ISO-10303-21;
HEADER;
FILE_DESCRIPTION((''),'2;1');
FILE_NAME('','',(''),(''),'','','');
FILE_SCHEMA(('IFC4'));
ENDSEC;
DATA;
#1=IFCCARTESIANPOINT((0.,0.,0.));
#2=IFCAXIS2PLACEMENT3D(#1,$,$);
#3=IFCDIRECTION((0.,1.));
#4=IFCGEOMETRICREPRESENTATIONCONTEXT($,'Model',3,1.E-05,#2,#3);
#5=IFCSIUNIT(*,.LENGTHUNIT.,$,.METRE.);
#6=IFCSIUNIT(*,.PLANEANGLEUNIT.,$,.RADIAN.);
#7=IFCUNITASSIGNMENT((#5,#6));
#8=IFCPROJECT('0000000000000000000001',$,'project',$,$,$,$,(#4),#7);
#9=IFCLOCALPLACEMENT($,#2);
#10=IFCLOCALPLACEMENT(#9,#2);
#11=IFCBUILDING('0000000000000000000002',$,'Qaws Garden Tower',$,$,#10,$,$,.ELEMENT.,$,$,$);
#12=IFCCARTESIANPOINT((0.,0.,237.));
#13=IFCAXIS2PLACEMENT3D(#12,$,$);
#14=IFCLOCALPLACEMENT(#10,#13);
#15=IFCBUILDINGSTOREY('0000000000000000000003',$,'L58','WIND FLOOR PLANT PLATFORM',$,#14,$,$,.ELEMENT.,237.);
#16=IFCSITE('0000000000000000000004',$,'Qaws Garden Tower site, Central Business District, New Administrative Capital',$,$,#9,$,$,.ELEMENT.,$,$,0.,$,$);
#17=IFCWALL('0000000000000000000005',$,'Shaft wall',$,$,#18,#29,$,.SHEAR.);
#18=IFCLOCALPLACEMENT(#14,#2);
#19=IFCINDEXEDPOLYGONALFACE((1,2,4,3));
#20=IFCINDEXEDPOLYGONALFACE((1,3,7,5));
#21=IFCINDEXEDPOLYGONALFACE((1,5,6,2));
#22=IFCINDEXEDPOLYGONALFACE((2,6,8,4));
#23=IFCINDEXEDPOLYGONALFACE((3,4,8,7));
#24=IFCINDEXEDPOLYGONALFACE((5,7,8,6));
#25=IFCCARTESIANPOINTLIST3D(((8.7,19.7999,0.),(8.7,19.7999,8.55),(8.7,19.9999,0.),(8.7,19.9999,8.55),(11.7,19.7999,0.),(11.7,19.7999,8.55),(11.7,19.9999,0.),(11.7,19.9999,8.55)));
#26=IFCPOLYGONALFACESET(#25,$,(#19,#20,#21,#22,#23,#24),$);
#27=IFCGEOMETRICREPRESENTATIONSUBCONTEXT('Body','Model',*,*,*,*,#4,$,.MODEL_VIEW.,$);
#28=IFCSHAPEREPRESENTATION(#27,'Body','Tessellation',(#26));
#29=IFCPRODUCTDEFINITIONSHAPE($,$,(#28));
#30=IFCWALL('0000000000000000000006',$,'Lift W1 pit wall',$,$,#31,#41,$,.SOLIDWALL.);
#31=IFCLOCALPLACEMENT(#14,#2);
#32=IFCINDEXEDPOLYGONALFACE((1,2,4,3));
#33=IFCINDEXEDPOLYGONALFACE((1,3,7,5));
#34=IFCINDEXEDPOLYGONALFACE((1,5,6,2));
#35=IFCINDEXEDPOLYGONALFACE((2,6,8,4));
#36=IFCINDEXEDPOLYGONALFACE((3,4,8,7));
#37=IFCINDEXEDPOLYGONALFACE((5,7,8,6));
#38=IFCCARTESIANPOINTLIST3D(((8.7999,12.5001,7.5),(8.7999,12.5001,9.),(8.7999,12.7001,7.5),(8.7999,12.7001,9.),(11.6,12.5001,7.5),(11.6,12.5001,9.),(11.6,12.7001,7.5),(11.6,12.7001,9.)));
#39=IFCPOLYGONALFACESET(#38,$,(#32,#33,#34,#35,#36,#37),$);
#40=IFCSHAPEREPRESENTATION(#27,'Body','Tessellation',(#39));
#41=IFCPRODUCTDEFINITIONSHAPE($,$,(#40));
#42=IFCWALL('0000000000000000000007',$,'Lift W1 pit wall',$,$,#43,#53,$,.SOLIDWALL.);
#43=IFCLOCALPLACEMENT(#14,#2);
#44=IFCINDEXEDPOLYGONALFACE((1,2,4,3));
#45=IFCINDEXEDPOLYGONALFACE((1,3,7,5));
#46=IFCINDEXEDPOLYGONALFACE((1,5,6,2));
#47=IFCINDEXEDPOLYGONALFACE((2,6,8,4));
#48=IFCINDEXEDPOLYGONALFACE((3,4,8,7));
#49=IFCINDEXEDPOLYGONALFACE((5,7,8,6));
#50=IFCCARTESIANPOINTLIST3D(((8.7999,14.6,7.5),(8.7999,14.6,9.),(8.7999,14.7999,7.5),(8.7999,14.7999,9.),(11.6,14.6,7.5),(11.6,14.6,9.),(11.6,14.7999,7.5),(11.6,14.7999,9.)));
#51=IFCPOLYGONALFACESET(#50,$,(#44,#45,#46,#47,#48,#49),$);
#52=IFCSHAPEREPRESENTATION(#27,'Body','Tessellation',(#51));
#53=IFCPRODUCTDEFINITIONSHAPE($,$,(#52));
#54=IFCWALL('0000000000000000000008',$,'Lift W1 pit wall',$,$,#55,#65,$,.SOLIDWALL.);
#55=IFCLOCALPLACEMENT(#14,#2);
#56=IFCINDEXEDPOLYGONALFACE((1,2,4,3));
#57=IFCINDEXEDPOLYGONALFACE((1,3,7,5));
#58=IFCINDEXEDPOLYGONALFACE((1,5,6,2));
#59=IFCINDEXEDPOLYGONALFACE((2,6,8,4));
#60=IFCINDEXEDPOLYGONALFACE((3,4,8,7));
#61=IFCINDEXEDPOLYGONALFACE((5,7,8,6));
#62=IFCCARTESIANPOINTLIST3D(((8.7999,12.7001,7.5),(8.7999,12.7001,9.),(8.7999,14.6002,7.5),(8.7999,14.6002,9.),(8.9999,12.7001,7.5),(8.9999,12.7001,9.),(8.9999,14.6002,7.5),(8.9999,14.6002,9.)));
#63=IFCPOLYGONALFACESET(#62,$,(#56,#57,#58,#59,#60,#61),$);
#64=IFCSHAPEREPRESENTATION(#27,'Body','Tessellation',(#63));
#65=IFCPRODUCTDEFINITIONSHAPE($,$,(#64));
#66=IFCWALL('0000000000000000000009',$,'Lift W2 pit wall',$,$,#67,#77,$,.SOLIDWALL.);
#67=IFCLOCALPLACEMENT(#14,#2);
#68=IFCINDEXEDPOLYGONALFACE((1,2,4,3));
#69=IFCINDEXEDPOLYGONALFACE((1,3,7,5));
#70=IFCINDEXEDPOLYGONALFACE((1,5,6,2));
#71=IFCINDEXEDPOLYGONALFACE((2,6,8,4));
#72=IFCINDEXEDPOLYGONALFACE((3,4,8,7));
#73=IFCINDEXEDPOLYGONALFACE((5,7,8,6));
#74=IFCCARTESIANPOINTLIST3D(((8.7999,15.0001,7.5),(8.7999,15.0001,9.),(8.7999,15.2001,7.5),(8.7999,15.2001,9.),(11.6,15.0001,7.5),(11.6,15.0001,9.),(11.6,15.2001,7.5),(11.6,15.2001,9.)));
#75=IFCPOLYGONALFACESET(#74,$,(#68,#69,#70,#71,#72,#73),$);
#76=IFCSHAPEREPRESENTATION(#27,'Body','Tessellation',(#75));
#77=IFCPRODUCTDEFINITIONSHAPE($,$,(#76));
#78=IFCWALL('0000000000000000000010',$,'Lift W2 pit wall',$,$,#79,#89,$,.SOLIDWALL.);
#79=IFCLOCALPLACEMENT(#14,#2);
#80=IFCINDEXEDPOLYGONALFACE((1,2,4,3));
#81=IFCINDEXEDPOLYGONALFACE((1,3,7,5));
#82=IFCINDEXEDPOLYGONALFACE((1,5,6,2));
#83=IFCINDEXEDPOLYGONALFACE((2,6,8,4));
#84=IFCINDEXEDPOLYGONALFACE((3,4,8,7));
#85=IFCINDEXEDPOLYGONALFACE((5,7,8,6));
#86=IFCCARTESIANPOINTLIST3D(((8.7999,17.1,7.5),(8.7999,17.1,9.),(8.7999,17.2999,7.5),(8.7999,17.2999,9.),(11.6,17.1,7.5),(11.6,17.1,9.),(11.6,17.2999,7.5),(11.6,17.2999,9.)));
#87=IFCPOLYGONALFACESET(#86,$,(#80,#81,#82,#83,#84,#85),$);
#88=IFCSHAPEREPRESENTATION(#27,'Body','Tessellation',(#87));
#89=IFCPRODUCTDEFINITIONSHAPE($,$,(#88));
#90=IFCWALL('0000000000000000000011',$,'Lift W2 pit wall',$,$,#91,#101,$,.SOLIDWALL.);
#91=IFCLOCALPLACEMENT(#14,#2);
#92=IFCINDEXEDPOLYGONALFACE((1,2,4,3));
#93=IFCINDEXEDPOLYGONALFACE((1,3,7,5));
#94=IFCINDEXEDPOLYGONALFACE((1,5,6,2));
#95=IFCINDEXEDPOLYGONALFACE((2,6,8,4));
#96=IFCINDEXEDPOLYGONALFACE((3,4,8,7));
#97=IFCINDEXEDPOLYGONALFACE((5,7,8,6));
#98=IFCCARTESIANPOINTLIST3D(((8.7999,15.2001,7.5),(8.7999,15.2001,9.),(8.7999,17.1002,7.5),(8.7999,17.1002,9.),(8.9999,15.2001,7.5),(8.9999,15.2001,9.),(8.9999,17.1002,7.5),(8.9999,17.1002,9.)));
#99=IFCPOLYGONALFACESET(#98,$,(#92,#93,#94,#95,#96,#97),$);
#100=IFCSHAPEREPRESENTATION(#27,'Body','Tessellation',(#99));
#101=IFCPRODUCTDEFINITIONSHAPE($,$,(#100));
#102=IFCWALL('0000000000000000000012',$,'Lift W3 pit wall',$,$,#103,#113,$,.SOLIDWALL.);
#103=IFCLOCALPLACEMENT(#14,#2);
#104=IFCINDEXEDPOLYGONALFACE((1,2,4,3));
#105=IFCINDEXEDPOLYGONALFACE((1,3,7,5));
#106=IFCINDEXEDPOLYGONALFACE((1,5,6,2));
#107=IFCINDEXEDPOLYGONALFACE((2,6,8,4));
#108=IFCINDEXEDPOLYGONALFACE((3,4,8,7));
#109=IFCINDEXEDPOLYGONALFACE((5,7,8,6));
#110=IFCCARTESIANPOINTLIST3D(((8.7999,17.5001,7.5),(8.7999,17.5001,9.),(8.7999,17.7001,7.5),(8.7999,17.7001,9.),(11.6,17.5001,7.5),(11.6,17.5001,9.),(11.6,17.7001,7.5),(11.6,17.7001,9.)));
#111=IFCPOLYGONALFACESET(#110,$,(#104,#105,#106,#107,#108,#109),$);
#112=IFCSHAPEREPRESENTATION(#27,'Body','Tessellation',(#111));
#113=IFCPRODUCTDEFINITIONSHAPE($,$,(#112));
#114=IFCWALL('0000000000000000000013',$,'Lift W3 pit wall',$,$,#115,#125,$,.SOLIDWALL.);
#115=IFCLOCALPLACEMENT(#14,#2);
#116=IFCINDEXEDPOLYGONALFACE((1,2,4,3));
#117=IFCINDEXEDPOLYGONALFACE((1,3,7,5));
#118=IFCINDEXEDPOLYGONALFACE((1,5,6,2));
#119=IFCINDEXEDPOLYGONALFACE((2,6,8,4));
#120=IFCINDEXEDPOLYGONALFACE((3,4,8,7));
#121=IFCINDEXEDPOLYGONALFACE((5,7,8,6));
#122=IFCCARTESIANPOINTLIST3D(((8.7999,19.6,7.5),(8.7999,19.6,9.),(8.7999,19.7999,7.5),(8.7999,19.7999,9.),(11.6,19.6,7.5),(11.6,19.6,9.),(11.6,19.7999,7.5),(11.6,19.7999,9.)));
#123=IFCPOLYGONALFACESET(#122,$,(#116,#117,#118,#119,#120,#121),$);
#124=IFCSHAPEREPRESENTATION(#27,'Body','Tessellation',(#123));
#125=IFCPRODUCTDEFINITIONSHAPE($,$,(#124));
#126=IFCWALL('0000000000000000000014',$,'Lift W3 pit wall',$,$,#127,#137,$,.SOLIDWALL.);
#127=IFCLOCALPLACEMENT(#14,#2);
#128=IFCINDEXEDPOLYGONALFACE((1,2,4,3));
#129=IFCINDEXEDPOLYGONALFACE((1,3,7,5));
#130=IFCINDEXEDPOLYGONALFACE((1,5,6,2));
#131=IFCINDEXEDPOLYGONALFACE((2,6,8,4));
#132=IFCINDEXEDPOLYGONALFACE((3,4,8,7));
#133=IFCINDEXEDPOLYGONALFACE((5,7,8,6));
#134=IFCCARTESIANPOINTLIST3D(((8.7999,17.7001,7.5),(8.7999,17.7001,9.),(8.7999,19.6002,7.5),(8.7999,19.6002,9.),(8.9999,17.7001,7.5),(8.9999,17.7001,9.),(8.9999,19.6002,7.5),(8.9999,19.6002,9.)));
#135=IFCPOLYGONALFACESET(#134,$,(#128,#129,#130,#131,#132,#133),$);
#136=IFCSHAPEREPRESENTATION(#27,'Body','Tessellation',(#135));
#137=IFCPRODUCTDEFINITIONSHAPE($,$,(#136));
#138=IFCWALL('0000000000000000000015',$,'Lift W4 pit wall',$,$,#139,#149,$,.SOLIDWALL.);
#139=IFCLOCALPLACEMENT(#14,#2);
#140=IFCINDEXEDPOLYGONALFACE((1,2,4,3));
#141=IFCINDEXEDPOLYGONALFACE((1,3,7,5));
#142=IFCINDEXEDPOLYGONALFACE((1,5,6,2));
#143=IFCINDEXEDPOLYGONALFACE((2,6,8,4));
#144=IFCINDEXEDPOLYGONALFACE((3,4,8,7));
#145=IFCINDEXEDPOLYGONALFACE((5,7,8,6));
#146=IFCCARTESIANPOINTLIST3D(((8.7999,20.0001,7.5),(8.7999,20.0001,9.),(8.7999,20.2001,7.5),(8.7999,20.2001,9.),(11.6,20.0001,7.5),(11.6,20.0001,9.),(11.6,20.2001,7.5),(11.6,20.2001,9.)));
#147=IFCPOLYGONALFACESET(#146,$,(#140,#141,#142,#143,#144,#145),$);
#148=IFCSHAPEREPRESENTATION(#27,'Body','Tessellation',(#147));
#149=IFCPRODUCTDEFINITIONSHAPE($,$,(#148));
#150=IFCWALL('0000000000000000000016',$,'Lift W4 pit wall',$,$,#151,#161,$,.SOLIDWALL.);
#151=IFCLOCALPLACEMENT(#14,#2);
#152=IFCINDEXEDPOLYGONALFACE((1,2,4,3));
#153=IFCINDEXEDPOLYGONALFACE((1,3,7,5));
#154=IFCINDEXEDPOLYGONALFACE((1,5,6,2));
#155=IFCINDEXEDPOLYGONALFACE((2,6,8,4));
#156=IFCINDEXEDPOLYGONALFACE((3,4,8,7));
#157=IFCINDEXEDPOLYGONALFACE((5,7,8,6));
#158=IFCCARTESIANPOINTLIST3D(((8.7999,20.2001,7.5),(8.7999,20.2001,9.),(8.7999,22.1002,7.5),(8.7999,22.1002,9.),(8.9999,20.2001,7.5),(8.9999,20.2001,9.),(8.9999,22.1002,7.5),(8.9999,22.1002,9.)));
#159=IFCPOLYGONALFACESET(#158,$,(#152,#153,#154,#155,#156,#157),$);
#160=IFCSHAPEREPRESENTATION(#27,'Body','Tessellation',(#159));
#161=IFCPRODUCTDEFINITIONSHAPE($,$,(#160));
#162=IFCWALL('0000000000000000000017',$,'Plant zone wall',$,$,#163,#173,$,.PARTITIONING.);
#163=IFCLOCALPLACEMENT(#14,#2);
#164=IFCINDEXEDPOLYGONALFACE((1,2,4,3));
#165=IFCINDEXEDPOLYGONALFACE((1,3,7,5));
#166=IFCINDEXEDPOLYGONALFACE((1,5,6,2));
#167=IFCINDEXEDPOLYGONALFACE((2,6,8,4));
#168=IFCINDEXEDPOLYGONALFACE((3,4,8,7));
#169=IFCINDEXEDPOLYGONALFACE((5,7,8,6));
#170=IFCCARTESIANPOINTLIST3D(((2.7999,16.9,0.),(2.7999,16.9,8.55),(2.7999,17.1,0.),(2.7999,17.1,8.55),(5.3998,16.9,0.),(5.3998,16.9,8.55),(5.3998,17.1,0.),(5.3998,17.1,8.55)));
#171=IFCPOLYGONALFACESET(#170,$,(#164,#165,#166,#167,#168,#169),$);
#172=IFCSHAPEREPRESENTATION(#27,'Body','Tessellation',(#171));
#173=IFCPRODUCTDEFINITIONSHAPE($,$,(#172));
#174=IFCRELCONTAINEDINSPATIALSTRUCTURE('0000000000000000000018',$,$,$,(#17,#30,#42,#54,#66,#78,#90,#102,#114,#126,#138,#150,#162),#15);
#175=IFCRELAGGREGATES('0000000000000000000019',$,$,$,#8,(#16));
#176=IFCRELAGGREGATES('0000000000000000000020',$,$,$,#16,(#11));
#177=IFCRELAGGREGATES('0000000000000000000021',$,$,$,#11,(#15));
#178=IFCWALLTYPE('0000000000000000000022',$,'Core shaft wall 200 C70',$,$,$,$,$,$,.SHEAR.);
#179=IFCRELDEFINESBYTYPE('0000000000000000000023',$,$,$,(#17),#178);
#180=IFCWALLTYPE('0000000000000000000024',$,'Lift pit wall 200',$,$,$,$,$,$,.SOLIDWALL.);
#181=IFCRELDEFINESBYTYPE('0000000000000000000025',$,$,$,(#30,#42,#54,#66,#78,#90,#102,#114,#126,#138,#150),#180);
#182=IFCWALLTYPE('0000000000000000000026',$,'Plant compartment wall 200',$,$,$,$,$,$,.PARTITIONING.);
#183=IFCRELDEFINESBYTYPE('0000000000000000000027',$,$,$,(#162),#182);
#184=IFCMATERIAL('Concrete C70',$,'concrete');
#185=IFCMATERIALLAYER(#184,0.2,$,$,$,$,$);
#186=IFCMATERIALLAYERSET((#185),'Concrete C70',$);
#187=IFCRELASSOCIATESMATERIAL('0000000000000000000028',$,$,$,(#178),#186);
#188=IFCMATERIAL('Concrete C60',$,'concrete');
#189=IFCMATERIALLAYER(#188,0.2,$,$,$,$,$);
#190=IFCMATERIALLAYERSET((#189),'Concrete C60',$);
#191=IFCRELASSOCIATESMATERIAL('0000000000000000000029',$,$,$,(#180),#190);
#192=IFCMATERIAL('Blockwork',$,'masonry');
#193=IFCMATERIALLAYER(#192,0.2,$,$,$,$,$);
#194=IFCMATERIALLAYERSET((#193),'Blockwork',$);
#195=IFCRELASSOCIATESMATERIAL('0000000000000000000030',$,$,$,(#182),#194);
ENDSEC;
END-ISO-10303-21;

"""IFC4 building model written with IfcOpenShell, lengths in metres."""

from ifc_helpers import new_model, si_unit, direction, frame, frame_2d, origin, place, context, subcontext, project, spatial, rectangle, extrude, material, layer, layer_set, type_object, element, save


model = new_model("IFC4")

# Units and contexts
model_context = context("Model", 3, precision=1e-05, world=origin(), true_north=direction((0.0, 1.0)))
body_context = subcontext(model_context, "Body", "Model", "MODEL_VIEW")
ifc_project = project(units=[si_unit("LENGTHUNIT", "METRE"), si_unit("PLANEANGLEUNIT", "RADIAN")], contexts=[model_context])

# Site, building, storey
site_placement = place(None, origin())
site = spatial("IfcSite", under=ifc_project, at=site_placement, Name="Qaws Garden Tower site, Central Business District, New Administrative Capital", CompositionType="ELEMENT", RefElevation=0.0)
building_placement = place(site_placement, origin())
building = spatial("IfcBuilding", under=site, at=building_placement, Name="Qaws Garden Tower", CompositionType="ELEMENT")
storey_placement = place(building_placement, frame((0.0, 0.0, 237.0)))
storey = spatial("IfcBuildingStorey", under=building, at=storey_placement, Name="L58", Description="WIND FLOOR PLANT PLATFORM", CompositionType="ELEMENT", Elevation=237.0)

# Walls
ifc_material_1 = material(Name="Concrete C70", Category="concrete")
ifc_layer_1 = layer(ifc_material_1, 0.2)
ifc_layer_set_1 = layer_set([ifc_layer_1], Name="Concrete C70")
wall_type_1 = type_object("IfcWallType", Name="Core shaft wall 200 C70", PredefinedType="SHEAR", material=ifc_layer_set_1)
for number, where, z_axis, x_axis, name in (
    (1, (8.7, 19.8999, 0.0), (0.0, 0.0, 1.0), (1.0, 0.0, 0.0), "Shaft wall"),
):
    element("IfcWall", number, at=place(storey_placement, frame(where, z_axis=z_axis, x_axis=x_axis)), inside=storey, type_object=wall_type_1, Name=name, PredefinedType="SHEAR", context=body_context, shape_type="SweptSolid", body=[
        extrude(rectangle(XDim=3.0, YDim=0.2, at=frame_2d((1.5, 0.0))), origin(), (0.0, 0.0, 1.0), 8.55),
    ])
ifc_material_2 = material(Name="Concrete C60", Category="concrete")
ifc_layer_2 = layer(ifc_material_2, 0.2)
ifc_layer_set_2 = layer_set([ifc_layer_2], Name="Concrete C60")
wall_type_2 = type_object("IfcWallType", Name="Lift pit wall 200", PredefinedType="SOLIDWALL", material=ifc_layer_set_2)
for number, where, z_axis, x_axis, name in (
    (2, (8.8, 12.6001, 7.5), (0.0, 0.0, 1.0), (1.0, 0.0, 0.0), "Lift W1 pit wall"),
    (3, (8.8, 14.7, 7.5), (0.0, 0.0, 1.0), (1.0, 0.0, 0.0), "Lift W1 pit wall"),
):
    element("IfcWall", number, at=place(storey_placement, frame(where, z_axis=z_axis, x_axis=x_axis)), inside=storey, type_object=wall_type_2, Name=name, PredefinedType="SOLIDWALL", context=body_context, shape_type="SweptSolid", body=[
        extrude(rectangle(XDim=2.8, YDim=0.2, at=frame_2d((1.3999, 0.0))), origin(), (0.0, 0.0, 1.0), 1.5),
    ])
wall_1_placement = place(storey_placement, frame((8.8999, 12.7, 7.5), z_axis=(0.0, 0.0, 1.0), x_axis=(0.0, 1.0, 0.0)))
element("IfcWall", 4, at=wall_1_placement, inside=storey, type_object=wall_type_2, Name="Lift W1 pit wall", PredefinedType="SOLIDWALL", context=body_context, shape_type="SweptSolid", body=[
    extrude(rectangle(XDim=1.9001, YDim=0.2, at=frame_2d((0.9502, 0.0))), origin(), (0.0, 0.0, 1.0), 1.5),
])
for number, where, z_axis, x_axis, name in (
    (5, (8.8, 15.1001, 7.5), (0.0, 0.0, 1.0), (1.0, 0.0, 0.0), "Lift W2 pit wall"),
    (6, (8.8, 17.2, 7.5), (0.0, 0.0, 1.0), (1.0, 0.0, 0.0), "Lift W2 pit wall"),
):
    element("IfcWall", number, at=place(storey_placement, frame(where, z_axis=z_axis, x_axis=x_axis)), inside=storey, type_object=wall_type_2, Name=name, PredefinedType="SOLIDWALL", context=body_context, shape_type="SweptSolid", body=[
        extrude(rectangle(XDim=2.8, YDim=0.2, at=frame_2d((1.3999, 0.0))), origin(), (0.0, 0.0, 1.0), 1.5),
    ])
wall_2_placement = place(storey_placement, frame((8.8999, 15.2, 7.5), z_axis=(0.0, 0.0, 1.0), x_axis=(0.0, 1.0, 0.0)))
element("IfcWall", 7, at=wall_2_placement, inside=storey, type_object=wall_type_2, Name="Lift W2 pit wall", PredefinedType="SOLIDWALL", context=body_context, shape_type="SweptSolid", body=[
    extrude(rectangle(XDim=1.9001, YDim=0.2, at=frame_2d((0.9502, 0.0))), origin(), (0.0, 0.0, 1.0), 1.5),
])
for number, where, z_axis, x_axis, name in (
    (8, (8.8, 17.6001, 7.5), (0.0, 0.0, 1.0), (1.0, 0.0, 0.0), "Lift W3 pit wall"),
    (9, (8.8, 19.7, 7.5), (0.0, 0.0, 1.0), (1.0, 0.0, 0.0), "Lift W3 pit wall"),
):
    element("IfcWall", number, at=place(storey_placement, frame(where, z_axis=z_axis, x_axis=x_axis)), inside=storey, type_object=wall_type_2, Name=name, PredefinedType="SOLIDWALL", context=body_context, shape_type="SweptSolid", body=[
        extrude(rectangle(XDim=2.8, YDim=0.2, at=frame_2d((1.3999, 0.0))), origin(), (0.0, 0.0, 1.0), 1.5),
    ])
wall_3_placement = place(storey_placement, frame((8.8999, 17.7, 7.5), z_axis=(0.0, 0.0, 1.0), x_axis=(0.0, 1.0, 0.0)))
element("IfcWall", 10, at=wall_3_placement, inside=storey, type_object=wall_type_2, Name="Lift W3 pit wall", PredefinedType="SOLIDWALL", context=body_context, shape_type="SweptSolid", body=[
    extrude(rectangle(XDim=1.9001, YDim=0.2, at=frame_2d((0.9502, 0.0))), origin(), (0.0, 0.0, 1.0), 1.5),
])
wall_4_placement = place(storey_placement, frame((8.8, 20.1001, 7.5), z_axis=(0.0, 0.0, 1.0), x_axis=(1.0, 0.0, 0.0)))
element("IfcWall", 11, at=wall_4_placement, inside=storey, type_object=wall_type_2, Name="Lift W4 pit wall", PredefinedType="SOLIDWALL", context=body_context, shape_type="SweptSolid", body=[
    extrude(rectangle(XDim=2.8, YDim=0.2, at=frame_2d((1.3999, 0.0))), origin(), (0.0, 0.0, 1.0), 1.5),
])
wall_5_placement = place(storey_placement, frame((8.8999, 20.2, 7.5), z_axis=(0.0, 0.0, 1.0), x_axis=(0.0, 1.0, 0.0)))
element("IfcWall", 12, at=wall_5_placement, inside=storey, type_object=wall_type_2, Name="Lift W4 pit wall", PredefinedType="SOLIDWALL", context=body_context, shape_type="SweptSolid", body=[
    extrude(rectangle(XDim=1.9001, YDim=0.2, at=frame_2d((0.9502, 0.0))), origin(), (0.0, 0.0, 1.0), 1.5),
])
ifc_material_3 = material(Name="Blockwork", Category="masonry")
ifc_layer_3 = layer(ifc_material_3, 0.2)
ifc_layer_set_3 = layer_set([ifc_layer_3], Name="Blockwork")
wall_type_3 = type_object("IfcWallType", Name="Plant compartment wall 200", PredefinedType="PARTITIONING", material=ifc_layer_set_3)
wall_6_placement = place(storey_placement, frame((2.8, 17.0, 0.0), z_axis=(0.0, 0.0, 1.0), x_axis=(1.0, 0.0, 0.0)))
element("IfcWall", 13, at=wall_6_placement, inside=storey, type_object=wall_type_3, Name="Plant zone wall", PredefinedType="PARTITIONING", context=body_context, shape_type="SweptSolid", body=[
    extrude(rectangle(XDim=2.5999, YDim=0.2, at=frame_2d((1.2998, 0.0))), origin(), (0.0, 0.0, 1.0), 8.55),
])

save(model, "model.ifc")
